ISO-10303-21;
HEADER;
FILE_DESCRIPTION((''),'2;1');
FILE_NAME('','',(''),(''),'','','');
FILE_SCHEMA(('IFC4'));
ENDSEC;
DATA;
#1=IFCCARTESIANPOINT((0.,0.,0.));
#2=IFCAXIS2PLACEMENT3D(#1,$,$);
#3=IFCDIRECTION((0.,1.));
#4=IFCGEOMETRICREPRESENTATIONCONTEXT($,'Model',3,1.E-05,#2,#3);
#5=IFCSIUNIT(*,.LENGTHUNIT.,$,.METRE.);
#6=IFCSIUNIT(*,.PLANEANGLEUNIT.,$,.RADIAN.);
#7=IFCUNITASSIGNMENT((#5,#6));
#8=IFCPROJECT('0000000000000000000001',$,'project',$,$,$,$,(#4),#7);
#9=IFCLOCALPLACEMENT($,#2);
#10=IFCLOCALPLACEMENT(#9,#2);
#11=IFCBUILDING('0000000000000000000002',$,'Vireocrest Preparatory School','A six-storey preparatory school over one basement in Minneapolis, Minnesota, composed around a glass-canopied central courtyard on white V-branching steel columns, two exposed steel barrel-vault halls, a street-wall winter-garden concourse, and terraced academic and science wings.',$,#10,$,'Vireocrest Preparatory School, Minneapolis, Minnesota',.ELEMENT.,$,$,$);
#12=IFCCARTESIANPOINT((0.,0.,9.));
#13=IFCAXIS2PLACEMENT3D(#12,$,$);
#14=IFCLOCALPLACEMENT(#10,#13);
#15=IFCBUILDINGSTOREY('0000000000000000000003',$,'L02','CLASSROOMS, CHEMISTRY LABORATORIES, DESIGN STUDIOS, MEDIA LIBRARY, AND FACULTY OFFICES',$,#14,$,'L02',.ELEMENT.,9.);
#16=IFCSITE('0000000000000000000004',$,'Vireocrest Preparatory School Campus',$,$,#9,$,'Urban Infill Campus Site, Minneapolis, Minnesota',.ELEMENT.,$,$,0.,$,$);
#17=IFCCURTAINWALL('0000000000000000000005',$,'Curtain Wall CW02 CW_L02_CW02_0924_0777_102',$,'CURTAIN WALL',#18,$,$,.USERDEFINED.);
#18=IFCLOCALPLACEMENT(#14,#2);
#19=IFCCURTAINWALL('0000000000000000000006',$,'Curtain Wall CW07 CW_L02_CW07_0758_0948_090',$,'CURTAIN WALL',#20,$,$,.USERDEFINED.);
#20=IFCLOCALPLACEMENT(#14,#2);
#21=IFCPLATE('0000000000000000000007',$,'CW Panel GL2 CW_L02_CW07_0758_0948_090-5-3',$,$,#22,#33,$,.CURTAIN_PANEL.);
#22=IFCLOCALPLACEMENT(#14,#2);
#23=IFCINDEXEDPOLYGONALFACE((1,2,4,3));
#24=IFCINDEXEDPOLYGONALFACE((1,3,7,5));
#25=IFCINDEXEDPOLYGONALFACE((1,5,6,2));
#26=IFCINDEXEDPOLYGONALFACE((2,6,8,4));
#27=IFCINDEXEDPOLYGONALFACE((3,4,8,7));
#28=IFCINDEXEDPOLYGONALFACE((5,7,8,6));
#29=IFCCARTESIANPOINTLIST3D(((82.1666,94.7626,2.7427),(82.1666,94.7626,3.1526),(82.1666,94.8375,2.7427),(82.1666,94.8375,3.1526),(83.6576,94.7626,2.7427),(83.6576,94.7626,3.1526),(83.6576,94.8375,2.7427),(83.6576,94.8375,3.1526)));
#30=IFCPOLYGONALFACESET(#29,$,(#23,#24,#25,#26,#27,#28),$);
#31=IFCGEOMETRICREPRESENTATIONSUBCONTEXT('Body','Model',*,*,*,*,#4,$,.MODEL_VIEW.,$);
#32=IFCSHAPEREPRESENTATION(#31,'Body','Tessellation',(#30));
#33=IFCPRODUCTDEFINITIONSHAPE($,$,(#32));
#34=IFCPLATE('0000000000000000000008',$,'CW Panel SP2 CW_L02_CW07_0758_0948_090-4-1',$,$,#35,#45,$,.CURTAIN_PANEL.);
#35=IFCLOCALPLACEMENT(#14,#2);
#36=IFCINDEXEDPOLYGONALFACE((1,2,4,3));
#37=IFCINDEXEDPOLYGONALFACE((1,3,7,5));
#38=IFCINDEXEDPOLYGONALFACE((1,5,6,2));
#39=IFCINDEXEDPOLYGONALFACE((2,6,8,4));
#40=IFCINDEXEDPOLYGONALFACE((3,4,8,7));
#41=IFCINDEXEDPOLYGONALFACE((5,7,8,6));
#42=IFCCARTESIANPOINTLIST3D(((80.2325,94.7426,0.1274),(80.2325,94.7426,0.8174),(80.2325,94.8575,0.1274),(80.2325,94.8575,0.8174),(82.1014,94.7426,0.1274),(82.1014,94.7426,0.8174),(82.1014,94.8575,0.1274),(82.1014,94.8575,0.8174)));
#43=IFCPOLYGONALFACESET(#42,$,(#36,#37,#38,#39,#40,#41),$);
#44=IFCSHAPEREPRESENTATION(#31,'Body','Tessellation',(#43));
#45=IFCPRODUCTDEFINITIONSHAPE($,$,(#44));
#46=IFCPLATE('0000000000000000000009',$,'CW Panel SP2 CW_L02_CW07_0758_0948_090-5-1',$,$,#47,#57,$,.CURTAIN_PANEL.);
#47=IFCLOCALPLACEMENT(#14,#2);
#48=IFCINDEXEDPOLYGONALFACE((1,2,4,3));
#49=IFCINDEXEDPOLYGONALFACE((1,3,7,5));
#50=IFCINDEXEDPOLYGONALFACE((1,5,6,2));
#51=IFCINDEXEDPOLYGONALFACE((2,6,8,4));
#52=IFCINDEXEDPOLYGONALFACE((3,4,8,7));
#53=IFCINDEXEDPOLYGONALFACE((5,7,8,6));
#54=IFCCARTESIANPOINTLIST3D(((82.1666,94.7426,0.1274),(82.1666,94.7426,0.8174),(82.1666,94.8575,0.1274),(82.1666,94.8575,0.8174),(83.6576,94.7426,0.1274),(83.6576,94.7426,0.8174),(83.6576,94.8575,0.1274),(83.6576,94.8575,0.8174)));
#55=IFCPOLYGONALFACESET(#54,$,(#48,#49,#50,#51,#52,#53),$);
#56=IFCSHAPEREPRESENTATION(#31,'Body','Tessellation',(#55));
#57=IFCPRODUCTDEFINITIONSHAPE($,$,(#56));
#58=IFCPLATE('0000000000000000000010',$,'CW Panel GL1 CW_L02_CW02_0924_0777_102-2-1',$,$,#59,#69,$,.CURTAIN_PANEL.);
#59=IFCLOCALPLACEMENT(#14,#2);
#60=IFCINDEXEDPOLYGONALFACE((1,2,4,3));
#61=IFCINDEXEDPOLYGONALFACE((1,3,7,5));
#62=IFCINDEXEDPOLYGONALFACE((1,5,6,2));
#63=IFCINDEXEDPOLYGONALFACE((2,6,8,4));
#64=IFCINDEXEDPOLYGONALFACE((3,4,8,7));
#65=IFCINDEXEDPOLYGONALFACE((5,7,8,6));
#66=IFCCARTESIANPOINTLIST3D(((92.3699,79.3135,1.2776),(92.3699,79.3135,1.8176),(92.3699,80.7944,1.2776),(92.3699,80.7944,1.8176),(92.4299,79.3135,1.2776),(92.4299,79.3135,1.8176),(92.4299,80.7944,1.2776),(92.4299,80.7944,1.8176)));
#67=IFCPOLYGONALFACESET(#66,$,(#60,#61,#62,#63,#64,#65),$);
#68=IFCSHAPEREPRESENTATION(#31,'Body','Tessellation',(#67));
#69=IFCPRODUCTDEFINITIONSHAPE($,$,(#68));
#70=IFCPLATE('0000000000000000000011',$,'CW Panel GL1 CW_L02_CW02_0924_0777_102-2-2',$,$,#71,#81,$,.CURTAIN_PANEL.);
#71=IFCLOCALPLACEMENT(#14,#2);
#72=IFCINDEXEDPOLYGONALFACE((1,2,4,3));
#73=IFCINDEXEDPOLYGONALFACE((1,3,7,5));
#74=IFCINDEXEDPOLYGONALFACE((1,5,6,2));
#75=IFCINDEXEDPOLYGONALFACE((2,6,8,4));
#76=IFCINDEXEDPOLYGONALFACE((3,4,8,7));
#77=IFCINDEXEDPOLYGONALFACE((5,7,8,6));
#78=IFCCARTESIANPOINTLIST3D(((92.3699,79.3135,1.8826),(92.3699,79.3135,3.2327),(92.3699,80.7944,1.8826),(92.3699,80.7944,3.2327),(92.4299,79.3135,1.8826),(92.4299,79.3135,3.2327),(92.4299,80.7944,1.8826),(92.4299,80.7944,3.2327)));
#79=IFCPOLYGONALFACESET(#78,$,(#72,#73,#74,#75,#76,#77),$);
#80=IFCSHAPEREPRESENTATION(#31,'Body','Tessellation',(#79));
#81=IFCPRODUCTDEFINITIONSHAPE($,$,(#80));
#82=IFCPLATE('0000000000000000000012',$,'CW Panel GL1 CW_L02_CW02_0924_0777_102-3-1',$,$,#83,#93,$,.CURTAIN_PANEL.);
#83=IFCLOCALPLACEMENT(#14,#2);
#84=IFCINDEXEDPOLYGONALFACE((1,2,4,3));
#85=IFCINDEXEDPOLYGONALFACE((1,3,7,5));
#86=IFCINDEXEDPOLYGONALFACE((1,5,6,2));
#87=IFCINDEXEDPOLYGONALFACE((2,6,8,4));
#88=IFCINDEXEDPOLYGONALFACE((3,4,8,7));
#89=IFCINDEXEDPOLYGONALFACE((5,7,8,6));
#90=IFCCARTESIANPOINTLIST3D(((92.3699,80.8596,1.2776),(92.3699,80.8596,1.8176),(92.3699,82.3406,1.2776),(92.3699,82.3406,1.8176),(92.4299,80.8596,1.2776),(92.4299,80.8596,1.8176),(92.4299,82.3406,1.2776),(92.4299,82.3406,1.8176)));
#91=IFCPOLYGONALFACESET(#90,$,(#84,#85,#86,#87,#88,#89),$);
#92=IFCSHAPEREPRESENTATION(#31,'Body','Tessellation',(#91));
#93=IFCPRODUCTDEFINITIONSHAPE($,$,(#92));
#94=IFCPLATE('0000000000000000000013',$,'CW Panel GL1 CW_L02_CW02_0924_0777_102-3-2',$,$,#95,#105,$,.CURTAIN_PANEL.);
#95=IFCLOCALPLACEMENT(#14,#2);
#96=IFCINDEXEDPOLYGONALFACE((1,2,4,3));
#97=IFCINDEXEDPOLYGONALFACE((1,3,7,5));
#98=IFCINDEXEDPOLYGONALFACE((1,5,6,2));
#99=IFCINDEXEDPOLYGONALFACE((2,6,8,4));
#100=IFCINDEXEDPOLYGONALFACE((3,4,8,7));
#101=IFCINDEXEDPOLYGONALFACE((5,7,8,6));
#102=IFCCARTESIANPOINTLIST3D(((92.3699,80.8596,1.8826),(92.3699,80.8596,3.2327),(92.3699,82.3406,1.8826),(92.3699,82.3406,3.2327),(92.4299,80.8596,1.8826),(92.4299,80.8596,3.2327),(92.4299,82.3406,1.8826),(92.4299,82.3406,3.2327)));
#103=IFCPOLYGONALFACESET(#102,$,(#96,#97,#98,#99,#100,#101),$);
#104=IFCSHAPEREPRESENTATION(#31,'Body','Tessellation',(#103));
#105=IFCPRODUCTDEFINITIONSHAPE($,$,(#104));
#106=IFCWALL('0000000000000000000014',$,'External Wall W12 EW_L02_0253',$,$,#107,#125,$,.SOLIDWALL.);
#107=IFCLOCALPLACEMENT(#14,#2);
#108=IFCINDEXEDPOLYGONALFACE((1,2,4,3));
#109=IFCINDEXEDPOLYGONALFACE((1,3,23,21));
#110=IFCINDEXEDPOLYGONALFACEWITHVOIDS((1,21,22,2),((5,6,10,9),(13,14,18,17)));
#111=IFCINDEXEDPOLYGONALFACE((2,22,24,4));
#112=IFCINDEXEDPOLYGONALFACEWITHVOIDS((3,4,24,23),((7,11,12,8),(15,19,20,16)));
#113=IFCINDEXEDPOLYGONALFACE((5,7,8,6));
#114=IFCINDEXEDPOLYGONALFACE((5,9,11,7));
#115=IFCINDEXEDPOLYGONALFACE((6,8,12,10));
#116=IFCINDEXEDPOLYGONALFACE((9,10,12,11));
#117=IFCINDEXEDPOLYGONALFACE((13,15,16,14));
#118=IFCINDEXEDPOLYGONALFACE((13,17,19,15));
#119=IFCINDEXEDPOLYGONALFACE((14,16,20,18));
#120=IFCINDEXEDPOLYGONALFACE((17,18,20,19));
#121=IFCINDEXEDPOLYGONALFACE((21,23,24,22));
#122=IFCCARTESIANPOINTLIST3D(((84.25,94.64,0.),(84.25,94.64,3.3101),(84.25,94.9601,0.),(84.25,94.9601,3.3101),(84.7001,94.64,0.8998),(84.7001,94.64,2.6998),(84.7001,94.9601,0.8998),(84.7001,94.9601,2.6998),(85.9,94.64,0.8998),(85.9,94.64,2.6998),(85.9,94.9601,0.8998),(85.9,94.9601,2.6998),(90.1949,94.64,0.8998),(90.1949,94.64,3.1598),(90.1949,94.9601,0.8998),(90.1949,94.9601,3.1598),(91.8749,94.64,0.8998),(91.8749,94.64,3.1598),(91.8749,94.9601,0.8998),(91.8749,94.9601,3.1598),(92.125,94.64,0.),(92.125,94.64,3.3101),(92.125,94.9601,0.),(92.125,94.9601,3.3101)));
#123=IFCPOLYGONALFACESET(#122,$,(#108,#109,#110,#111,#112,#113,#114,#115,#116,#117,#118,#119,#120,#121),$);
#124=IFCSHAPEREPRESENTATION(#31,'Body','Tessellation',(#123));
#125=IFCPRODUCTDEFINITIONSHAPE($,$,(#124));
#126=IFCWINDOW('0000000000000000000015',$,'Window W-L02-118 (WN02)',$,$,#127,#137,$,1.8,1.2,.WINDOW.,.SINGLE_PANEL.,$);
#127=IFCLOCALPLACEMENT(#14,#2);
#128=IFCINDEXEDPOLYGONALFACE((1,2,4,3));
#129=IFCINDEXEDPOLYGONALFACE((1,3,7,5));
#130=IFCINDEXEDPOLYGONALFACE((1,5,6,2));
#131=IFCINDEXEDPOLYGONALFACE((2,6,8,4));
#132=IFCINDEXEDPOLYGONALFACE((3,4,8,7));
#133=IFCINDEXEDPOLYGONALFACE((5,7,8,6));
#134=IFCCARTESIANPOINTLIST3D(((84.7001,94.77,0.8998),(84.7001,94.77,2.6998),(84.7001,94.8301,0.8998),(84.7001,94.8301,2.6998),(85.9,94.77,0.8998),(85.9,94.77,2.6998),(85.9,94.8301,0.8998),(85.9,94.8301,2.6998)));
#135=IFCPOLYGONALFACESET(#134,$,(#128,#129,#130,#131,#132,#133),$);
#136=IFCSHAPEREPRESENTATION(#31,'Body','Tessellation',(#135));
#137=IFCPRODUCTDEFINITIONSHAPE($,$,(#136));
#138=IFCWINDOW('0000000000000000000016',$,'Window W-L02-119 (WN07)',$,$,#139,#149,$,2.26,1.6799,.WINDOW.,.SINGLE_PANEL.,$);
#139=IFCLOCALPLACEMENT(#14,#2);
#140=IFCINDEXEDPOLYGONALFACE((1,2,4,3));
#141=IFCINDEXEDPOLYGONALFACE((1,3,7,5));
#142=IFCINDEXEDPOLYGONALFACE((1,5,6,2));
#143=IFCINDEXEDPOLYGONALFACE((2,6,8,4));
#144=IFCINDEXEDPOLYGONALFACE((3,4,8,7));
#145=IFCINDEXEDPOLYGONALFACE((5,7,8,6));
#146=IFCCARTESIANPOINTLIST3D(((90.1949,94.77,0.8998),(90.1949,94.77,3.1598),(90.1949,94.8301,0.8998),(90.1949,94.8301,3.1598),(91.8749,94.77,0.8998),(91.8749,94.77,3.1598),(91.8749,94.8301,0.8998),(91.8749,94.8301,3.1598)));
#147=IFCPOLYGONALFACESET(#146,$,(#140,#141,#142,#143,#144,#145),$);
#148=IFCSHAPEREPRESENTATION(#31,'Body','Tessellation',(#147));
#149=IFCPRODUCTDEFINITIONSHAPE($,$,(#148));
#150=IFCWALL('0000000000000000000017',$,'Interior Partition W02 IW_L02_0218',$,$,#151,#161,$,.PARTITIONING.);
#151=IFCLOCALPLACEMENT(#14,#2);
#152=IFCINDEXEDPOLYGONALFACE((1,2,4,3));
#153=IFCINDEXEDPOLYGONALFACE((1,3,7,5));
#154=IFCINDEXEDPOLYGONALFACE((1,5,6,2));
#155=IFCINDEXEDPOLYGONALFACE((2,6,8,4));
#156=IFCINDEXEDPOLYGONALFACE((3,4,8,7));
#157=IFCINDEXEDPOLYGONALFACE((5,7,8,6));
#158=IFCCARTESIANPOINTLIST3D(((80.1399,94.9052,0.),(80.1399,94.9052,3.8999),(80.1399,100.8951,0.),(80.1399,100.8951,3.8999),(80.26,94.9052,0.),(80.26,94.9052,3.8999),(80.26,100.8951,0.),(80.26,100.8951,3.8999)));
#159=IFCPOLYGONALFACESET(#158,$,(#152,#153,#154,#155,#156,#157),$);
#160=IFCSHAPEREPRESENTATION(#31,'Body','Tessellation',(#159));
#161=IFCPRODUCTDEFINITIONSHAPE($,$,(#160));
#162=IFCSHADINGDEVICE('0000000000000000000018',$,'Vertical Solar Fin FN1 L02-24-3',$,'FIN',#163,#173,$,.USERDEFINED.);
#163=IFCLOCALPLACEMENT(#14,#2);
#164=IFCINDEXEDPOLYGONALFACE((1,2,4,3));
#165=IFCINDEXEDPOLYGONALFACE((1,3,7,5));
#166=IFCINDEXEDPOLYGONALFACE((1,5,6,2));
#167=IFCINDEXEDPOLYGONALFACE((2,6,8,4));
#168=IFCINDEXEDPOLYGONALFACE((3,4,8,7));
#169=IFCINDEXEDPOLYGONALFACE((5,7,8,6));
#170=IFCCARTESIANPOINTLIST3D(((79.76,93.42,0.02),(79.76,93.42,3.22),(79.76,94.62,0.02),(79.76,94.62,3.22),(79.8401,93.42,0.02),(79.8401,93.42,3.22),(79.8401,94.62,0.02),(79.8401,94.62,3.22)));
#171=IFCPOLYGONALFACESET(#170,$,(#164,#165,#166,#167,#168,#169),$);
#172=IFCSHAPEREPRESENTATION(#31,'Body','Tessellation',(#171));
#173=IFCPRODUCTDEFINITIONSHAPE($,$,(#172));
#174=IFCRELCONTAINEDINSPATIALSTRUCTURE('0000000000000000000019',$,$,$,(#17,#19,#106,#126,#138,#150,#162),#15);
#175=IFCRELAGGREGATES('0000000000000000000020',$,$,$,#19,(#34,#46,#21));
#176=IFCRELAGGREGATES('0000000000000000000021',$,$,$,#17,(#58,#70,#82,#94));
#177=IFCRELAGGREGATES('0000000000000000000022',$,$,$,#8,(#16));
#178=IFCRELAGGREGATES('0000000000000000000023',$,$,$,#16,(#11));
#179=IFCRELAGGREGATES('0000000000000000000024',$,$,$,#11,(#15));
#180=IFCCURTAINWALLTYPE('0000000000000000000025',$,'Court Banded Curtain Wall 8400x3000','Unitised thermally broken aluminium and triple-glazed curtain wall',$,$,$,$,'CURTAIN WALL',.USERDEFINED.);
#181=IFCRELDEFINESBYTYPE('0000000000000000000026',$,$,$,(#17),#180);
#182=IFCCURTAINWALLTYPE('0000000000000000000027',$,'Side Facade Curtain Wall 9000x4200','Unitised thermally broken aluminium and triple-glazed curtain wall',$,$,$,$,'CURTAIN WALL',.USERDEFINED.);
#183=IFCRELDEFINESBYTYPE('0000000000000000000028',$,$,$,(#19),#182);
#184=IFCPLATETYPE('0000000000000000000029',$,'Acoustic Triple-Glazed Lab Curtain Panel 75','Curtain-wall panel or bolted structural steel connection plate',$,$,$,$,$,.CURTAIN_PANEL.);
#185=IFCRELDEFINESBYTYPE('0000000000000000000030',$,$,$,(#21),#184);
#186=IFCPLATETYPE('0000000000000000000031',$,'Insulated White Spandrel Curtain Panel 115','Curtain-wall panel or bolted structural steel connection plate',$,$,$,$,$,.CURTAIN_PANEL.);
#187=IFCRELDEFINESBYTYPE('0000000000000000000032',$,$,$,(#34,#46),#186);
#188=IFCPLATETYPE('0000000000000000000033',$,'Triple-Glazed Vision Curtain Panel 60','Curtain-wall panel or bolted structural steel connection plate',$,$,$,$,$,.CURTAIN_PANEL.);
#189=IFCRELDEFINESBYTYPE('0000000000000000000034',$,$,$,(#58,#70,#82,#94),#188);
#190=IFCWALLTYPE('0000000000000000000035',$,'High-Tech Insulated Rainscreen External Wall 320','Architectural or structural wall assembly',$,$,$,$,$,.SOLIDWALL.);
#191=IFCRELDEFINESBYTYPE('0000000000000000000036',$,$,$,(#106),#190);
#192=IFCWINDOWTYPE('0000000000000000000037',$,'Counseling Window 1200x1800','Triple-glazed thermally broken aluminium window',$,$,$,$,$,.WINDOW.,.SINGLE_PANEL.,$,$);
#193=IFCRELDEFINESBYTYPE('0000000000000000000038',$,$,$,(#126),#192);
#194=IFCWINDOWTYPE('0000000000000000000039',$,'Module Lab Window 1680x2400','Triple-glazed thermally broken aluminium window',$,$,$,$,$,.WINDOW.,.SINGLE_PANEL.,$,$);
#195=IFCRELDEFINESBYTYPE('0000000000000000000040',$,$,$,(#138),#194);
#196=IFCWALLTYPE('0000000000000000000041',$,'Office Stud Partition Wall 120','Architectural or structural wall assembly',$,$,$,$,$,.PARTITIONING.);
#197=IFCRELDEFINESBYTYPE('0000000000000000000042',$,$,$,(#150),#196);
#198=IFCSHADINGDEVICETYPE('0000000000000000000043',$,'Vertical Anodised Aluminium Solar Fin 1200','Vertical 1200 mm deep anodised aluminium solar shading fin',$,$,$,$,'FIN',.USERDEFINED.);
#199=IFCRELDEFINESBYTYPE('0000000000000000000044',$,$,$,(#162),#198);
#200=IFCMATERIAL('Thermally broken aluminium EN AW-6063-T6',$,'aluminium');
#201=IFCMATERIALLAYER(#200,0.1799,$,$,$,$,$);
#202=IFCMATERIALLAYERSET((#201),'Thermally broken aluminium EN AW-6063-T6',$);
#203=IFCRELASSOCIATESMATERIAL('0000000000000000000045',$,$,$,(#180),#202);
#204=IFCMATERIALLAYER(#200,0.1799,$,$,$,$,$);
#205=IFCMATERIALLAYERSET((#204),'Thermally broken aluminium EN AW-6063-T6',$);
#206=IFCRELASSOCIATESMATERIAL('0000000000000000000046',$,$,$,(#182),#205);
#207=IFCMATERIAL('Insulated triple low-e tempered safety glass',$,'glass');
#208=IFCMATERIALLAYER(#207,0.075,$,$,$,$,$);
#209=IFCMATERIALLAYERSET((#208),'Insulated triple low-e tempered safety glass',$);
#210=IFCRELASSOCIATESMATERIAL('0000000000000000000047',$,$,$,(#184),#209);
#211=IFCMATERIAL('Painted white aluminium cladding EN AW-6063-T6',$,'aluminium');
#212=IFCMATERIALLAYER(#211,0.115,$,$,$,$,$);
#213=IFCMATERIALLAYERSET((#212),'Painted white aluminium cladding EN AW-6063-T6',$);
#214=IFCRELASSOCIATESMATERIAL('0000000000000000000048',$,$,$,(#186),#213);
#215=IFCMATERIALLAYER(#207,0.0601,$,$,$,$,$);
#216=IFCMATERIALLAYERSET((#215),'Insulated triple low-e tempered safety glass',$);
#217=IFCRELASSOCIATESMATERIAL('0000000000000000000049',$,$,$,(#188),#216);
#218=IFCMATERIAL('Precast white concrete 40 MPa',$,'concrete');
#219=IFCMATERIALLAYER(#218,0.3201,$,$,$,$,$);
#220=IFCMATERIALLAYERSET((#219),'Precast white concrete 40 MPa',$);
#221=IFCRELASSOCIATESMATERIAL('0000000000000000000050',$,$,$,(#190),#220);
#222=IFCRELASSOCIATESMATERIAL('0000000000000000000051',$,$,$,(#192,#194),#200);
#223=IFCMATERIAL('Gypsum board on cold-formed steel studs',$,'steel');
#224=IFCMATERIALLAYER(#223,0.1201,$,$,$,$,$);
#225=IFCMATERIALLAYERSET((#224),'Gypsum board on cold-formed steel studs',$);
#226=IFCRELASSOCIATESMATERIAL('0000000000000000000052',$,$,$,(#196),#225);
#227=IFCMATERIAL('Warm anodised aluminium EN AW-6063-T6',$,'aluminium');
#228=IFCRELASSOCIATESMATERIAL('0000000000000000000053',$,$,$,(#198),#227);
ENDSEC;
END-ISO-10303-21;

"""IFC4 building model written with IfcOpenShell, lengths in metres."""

from ifc_helpers import new_model, si_unit, direction, frame, frame_2d, origin, origin_2d, place, context, subcontext, project, spatial, rectangle, extrude, material, layer, layer_set, material_profile, profile_set, type_object, element, fill, aggregate, save


model = new_model("IFC4")

# Units and contexts
model_context = context("Model", 3, precision=1e-05, world=origin(), true_north=direction((0.0, 1.0)))
body_context = subcontext(model_context, "Body", "Model", "MODEL_VIEW")
ifc_project = project(units=[si_unit("LENGTHUNIT", "METRE"), si_unit("PLANEANGLEUNIT", "RADIAN")], contexts=[model_context])

# Site, building, storey
site_placement = place(None, origin())
site = spatial("IfcSite", under=ifc_project, at=site_placement, Name="Vireocrest Preparatory School Campus", LongName="Urban Infill Campus Site, Minneapolis, Minnesota", CompositionType="ELEMENT", RefElevation=0.0)
building_placement = place(site_placement, origin())
building = spatial("IfcBuilding", under=site, at=building_placement, Name="Vireocrest Preparatory School", Description="A six-storey preparatory school over one basement in Minneapolis, Minnesota, composed around a glass-canopied central courtyard on white V-branching steel columns, two exposed steel barrel-vault halls, a street-wall winter-garden concourse, and terraced academic and science wings.", LongName="Vireocrest Preparatory School, Minneapolis, Minnesota", CompositionType="ELEMENT")
storey_placement = place(building_placement, frame((0.0, 0.0, 9.0)))
storey = spatial("IfcBuildingStorey", under=building, at=storey_placement, Name="L02", Description="CLASSROOMS, CHEMISTRY LABORATORIES, DESIGN STUDIOS, MEDIA LIBRARY, AND FACULTY OFFICES", LongName="L02", CompositionType="ELEMENT", Elevation=9.0)

# Curtain walls
ifc_material_1 = material(Name="Thermally broken aluminium EN AW-6063-T6", Category="aluminium")
ifc_layer_1 = layer(ifc_material_1, 0.1799)
ifc_layer_set_1 = layer_set([ifc_layer_1], Name="Thermally broken aluminium EN AW-6063-T6")
curtain_wall_type_1 = type_object("IfcCurtainWallType", Name="Court Banded Curtain Wall 8400x3000", Description="Unitised thermally broken aluminium and triple-glazed curtain wall", ElementType="CURTAIN WALL", PredefinedType="USERDEFINED", material=ifc_layer_set_1)
curtain_wall_1_placement = place(storey_placement, origin())
curtain_wall_1 = element("IfcCurtainWall", 1, at=curtain_wall_1_placement, inside=storey, type_object=curtain_wall_type_1, Name="Curtain Wall CW02 CW_L02_CW02_0924_0777_102", ObjectType="CURTAIN WALL", PredefinedType="USERDEFINED")
ifc_layer_2 = layer(ifc_material_1, 0.1799)
ifc_layer_set_2 = layer_set([ifc_layer_2], Name="Thermally broken aluminium EN AW-6063-T6")
curtain_wall_type_2 = type_object("IfcCurtainWallType", Name="Side Facade Curtain Wall 9000x4200", Description="Unitised thermally broken aluminium and triple-glazed curtain wall", ElementType="CURTAIN WALL", PredefinedType="USERDEFINED", material=ifc_layer_set_2)
curtain_wall_2_placement = place(storey_placement, origin())
curtain_wall_2 = element("IfcCurtainWall", 2, at=curtain_wall_2_placement, inside=storey, type_object=curtain_wall_type_2, Name="Curtain Wall CW07 CW_L02_CW07_0758_0948_090", ObjectType="CURTAIN WALL", PredefinedType="USERDEFINED")

# Plates
ifc_material_2 = material(Name="Insulated triple low-e tempered safety glass", Category="glass")
ifc_layer_3 = layer(ifc_material_2, 0.075)
ifc_layer_set_3 = layer_set([ifc_layer_3], Name="Insulated triple low-e tempered safety glass")
plate_type_1 = type_object("IfcPlateType", Name="Acoustic Triple-Glazed Lab Curtain Panel 75", Description="Curtain-wall panel or bolted structural steel connection plate", PredefinedType="CURTAIN_PANEL", material=ifc_layer_set_3)
plate_1_placement = place(storey_placement, frame((82.9121, 94.8, 2.7427), z_axis=(0.0, 0.0, 1.0), x_axis=(1.0, 0.0, 0.0)))
plate_1 = element("IfcPlate", 3, at=plate_1_placement, type_object=plate_type_1, Name="CW Panel GL2 CW_L02_CW07_0758_0948_090-5-3", PredefinedType="CURTAIN_PANEL", context=body_context, shape_type="SweptSolid", body=[
    extrude(rectangle(XDim=1.491, YDim=0.075, at=origin_2d()), origin(), (0.0, 0.0, 1.0), 0.4099),
])
ifc_material_3 = material(Name="Painted white aluminium cladding EN AW-6063-T6", Category="aluminium")
ifc_layer_4 = layer(ifc_material_3, 0.115)
ifc_layer_set_4 = layer_set([ifc_layer_4], Name="Painted white aluminium cladding EN AW-6063-T6")
plate_type_2 = type_object("IfcPlateType", Name="Insulated White Spandrel Curtain Panel 115", Description="Curtain-wall panel or bolted structural steel connection plate", PredefinedType="CURTAIN_PANEL", material=ifc_layer_set_4)
plate_2_placement = place(storey_placement, frame((81.167, 94.8, 0.1274), z_axis=(0.0, 0.0, 1.0), x_axis=(1.0, 0.0, 0.0)))
plate_2 = element("IfcPlate", 4, at=plate_2_placement, type_object=plate_type_2, Name="CW Panel SP2 CW_L02_CW07_0758_0948_090-4-1", PredefinedType="CURTAIN_PANEL", context=body_context, shape_type="SweptSolid", body=[
    extrude(rectangle(XDim=1.8689, YDim=0.115, at=origin_2d()), origin(), (0.0, 0.0, 1.0), 0.6899),
])
plate_3_placement = place(storey_placement, frame((82.9121, 94.8, 0.1274), z_axis=(0.0, 0.0, 1.0), x_axis=(1.0, 0.0, 0.0)))
plate_3 = element("IfcPlate", 5, at=plate_3_placement, type_object=plate_type_2, Name="CW Panel SP2 CW_L02_CW07_0758_0948_090-5-1", PredefinedType="CURTAIN_PANEL", context=body_context, shape_type="SweptSolid", body=[
    extrude(rectangle(XDim=1.491, YDim=0.115, at=origin_2d()), origin(), (0.0, 0.0, 1.0), 0.6899),
])
aggregate(curtain_wall_2, [plate_2, plate_3, plate_1])
ifc_layer_5 = layer(ifc_material_2, 0.0601)
ifc_layer_set_5 = layer_set([ifc_layer_5], Name="Insulated triple low-e tempered safety glass")
plate_type_3 = type_object("IfcPlateType", Name="Triple-Glazed Vision Curtain Panel 60", Description="Curtain-wall panel or bolted structural steel connection plate", PredefinedType="CURTAIN_PANEL", material=ifc_layer_set_5)
plate_4_placement = place(storey_placement, frame((92.3999, 80.054, 1.2776), z_axis=(0.0, 0.0, 1.0), x_axis=(0.0, 1.0, 0.0)))
plate_4 = element("IfcPlate", 6, at=plate_4_placement, type_object=plate_type_3, Name="CW Panel GL1 CW_L02_CW02_0924_0777_102-2-1", PredefinedType="CURTAIN_PANEL", context=body_context, shape_type="SweptSolid", body=[
    extrude(rectangle(XDim=1.481, YDim=0.0601, at=origin_2d()), origin(), (0.0, 0.0, 1.0), 0.54),
])
plate_5_placement = place(storey_placement, frame((92.3999, 80.054, 1.8826), z_axis=(0.0, 0.0, 1.0), x_axis=(0.0, 1.0, 0.0)))
plate_5 = element("IfcPlate", 7, at=plate_5_placement, type_object=plate_type_3, Name="CW Panel GL1 CW_L02_CW02_0924_0777_102-2-2", PredefinedType="CURTAIN_PANEL", context=body_context, shape_type="SweptSolid", body=[
    extrude(rectangle(XDim=1.481, YDim=0.0601, at=origin_2d()), origin(), (0.0, 0.0, 1.0), 1.3501),
])
plate_6_placement = place(storey_placement, frame((92.3999, 81.6001, 1.2776), z_axis=(0.0, 0.0, 1.0), x_axis=(0.0, 1.0, 0.0)))
plate_6 = element("IfcPlate", 8, at=plate_6_placement, type_object=plate_type_3, Name="CW Panel GL1 CW_L02_CW02_0924_0777_102-3-1", PredefinedType="CURTAIN_PANEL", context=body_context, shape_type="SweptSolid", body=[
    extrude(rectangle(XDim=1.481, YDim=0.0601, at=origin_2d()), origin(), (0.0, 0.0, 1.0), 0.54),
])
plate_7_placement = place(storey_placement, frame((92.3999, 81.6001, 1.8826), z_axis=(0.0, 0.0, 1.0), x_axis=(0.0, 1.0, 0.0)))
plate_7 = element("IfcPlate", 9, at=plate_7_placement, type_object=plate_type_3, Name="CW Panel GL1 CW_L02_CW02_0924_0777_102-3-2", PredefinedType="CURTAIN_PANEL", context=body_context, shape_type="SweptSolid", body=[
    extrude(rectangle(XDim=1.481, YDim=0.0601, at=origin_2d()), origin(), (0.0, 0.0, 1.0), 1.3501),
])
aggregate(curtain_wall_1, [plate_4, plate_5, plate_6, plate_7])

# Wall, openings, windows
ifc_material_4 = material(Name="Precast white concrete 40 MPa", Category="concrete")
ifc_layer_6 = layer(ifc_material_4, 0.3201)
ifc_layer_set_6 = layer_set([ifc_layer_6], Name="Precast white concrete 40 MPa")
wall_type_1 = type_object("IfcWallType", Name="High-Tech Insulated Rainscreen External Wall 320", Description="Architectural or structural wall assembly", PredefinedType="SOLIDWALL", material=ifc_layer_set_6)
wall_1_placement = place(storey_placement, frame((84.25, 94.8, 0.0), z_axis=(0.0, 0.0, 1.0), x_axis=(1.0, 0.0, 0.0)))
wall_1 = element("IfcWall", 10, at=wall_1_placement, inside=storey, type_object=wall_type_1, Name="External Wall W12 EW_L02_0253", PredefinedType="SOLIDWALL", context=body_context, shape_type="SweptSolid", body=[
    extrude(rectangle(XDim=7.875, YDim=0.3201, at=frame_2d((3.9375, 0.0))), origin(), (0.0, 0.0, 1.0), 3.3101),
])
opening_1_placement = place(wall_1_placement, frame((0.45, 0.0, 0.8999)))
opening_1 = element("IfcOpeningElement", 11, at=opening_1_placement, cuts=wall_1, PredefinedType="OPENING", context=body_context, shape_type="SweptSolid", body=[
    extrude(rectangle(XDim=1.2, YDim=1.8, at=frame_2d((0.6001, 0.8999))), frame((0.0, 0.1699, 0.0), z_axis=(0.0, -1.0, 0.0), x_axis=(1.0, 0.0, 0.0)), (0.0, 0.0, 1.0), 0.3401),
])
opening_2_placement = place(wall_1_placement, frame((5.9451, 0.0, 0.8999)))
opening_2 = element("IfcOpeningElement", 12, at=opening_2_placement, cuts=wall_1, PredefinedType="OPENING", context=body_context, shape_type="SweptSolid", body=[
    extrude(rectangle(XDim=1.6799, YDim=2.26, at=frame_2d((0.8398, 1.1299))), frame((0.0, 0.1699, 0.0), z_axis=(0.0, -1.0, 0.0), x_axis=(1.0, 0.0, 0.0)), (0.0, 0.0, 1.0), 0.3401),
])
window_type_1 = type_object("IfcWindowType", Name="Counseling Window 1200x1800", Description="Triple-glazed thermally broken aluminium window", PartitioningType="SINGLE_PANEL", PredefinedType="WINDOW", material=ifc_material_1)
window_1_placement = place(opening_1_placement, origin())
window_1 = element("IfcWindow", 13, at=window_1_placement, inside=storey, type_object=window_type_1, Name="Window W-L02-118 (WN02)", OverallHeight=1.8, OverallWidth=1.2, PartitioningType="SINGLE_PANEL", PredefinedType="WINDOW", context=body_context, shape_type="SweptSolid", body=[
    extrude(rectangle(XDim=1.2, YDim=1.8, at=frame_2d((0.6001, 0.8999))), frame((0.0, 0.03, 0.0), z_axis=(0.0, -1.0, 0.0), x_axis=(1.0, 0.0, 0.0)), (0.0, 0.0, 1.0), 0.0601),
])
fill(opening_1, window_1)
window_type_2 = type_object("IfcWindowType", Name="Module Lab Window 1680x2400", Description="Triple-glazed thermally broken aluminium window", PartitioningType="SINGLE_PANEL", PredefinedType="WINDOW", material=ifc_material_1)
window_2_placement = place(opening_2_placement, origin())
window_2 = element("IfcWindow", 14, at=window_2_placement, inside=storey, type_object=window_type_2, Name="Window W-L02-119 (WN07)", OverallHeight=2.26, OverallWidth=1.6799, PartitioningType="SINGLE_PANEL", PredefinedType="WINDOW", context=body_context, shape_type="SweptSolid", body=[
    extrude(rectangle(XDim=1.6799, YDim=2.26, at=frame_2d((0.8398, 1.1299))), frame((0.0, 0.03, 0.0), z_axis=(0.0, -1.0, 0.0), x_axis=(1.0, 0.0, 0.0)), (0.0, 0.0, 1.0), 0.0601),
])
fill(opening_2, window_2)

# Wall
ifc_material_5 = material(Name="Gypsum board on cold-formed steel studs", Category="steel")
ifc_layer_7 = layer(ifc_material_5, 0.1201)
ifc_layer_set_7 = layer_set([ifc_layer_7], Name="Gypsum board on cold-formed steel studs")
wall_type_2 = type_object("IfcWallType", Name="Office Stud Partition Wall 120", Description="Architectural or structural wall assembly", PredefinedType="PARTITIONING", material=ifc_layer_set_7)
wall_2_placement = place(storey_placement, frame((80.2, 94.905, 0.0), z_axis=(0.0, 0.0, 1.0), x_axis=(0.0, 1.0, 0.0)))
element("IfcWall", 15, at=wall_2_placement, inside=storey, type_object=wall_type_2, Name="Interior Partition W02 IW_L02_0218", PredefinedType="PARTITIONING", context=body_context, shape_type="SweptSolid", body=[
    extrude(rectangle(XDim=5.99, YDim=0.1201, at=frame_2d((2.9951, 0.0))), origin(), (0.0, 0.0, 1.0), 3.8999),
])

# Shading device
ifc_material_6 = material(Name="Warm anodised aluminium EN AW-6063-T6", Category="aluminium")
ifc_material_profile_1 = material_profile(ifc_material_6, rectangle(XDim=0.0801, YDim=1.2, at=origin_2d()), Name="FIN 80x1200")
ifc_profile_set_1 = profile_set([ifc_material_profile_1], Name="Warm anodised aluminium EN AW-6063-T6")
shading_device_type = type_object("IfcShadingDeviceType", Name="Vertical Anodised Aluminium Solar Fin 1200", Description="Vertical 1200 mm deep anodised aluminium solar shading fin", ElementType="FIN", PredefinedType="USERDEFINED", material=ifc_profile_set_1)
for number, where, z_axis, x_axis, name in (
    (16, (79.8, 94.02, 0.02), (0.0, 0.0, 1.0), (-1.0, 0.0, 0.0), "Vertical Solar Fin FN1 L02-24-3"),
):
    element("IfcShadingDevice", number, at=place(storey_placement, frame(where, z_axis=z_axis, x_axis=x_axis)), inside=storey, type_object=shading_device_type, Name=name, ObjectType="FIN", PredefinedType="USERDEFINED", context=body_context, shape_type="SweptSolid", body=[
        extrude(rectangle(XDim=0.0801, YDim=1.2, at=origin_2d()), origin(), (0.0, 0.0, 1.0), 3.2),
    ])

save(model, "model.ifc")
